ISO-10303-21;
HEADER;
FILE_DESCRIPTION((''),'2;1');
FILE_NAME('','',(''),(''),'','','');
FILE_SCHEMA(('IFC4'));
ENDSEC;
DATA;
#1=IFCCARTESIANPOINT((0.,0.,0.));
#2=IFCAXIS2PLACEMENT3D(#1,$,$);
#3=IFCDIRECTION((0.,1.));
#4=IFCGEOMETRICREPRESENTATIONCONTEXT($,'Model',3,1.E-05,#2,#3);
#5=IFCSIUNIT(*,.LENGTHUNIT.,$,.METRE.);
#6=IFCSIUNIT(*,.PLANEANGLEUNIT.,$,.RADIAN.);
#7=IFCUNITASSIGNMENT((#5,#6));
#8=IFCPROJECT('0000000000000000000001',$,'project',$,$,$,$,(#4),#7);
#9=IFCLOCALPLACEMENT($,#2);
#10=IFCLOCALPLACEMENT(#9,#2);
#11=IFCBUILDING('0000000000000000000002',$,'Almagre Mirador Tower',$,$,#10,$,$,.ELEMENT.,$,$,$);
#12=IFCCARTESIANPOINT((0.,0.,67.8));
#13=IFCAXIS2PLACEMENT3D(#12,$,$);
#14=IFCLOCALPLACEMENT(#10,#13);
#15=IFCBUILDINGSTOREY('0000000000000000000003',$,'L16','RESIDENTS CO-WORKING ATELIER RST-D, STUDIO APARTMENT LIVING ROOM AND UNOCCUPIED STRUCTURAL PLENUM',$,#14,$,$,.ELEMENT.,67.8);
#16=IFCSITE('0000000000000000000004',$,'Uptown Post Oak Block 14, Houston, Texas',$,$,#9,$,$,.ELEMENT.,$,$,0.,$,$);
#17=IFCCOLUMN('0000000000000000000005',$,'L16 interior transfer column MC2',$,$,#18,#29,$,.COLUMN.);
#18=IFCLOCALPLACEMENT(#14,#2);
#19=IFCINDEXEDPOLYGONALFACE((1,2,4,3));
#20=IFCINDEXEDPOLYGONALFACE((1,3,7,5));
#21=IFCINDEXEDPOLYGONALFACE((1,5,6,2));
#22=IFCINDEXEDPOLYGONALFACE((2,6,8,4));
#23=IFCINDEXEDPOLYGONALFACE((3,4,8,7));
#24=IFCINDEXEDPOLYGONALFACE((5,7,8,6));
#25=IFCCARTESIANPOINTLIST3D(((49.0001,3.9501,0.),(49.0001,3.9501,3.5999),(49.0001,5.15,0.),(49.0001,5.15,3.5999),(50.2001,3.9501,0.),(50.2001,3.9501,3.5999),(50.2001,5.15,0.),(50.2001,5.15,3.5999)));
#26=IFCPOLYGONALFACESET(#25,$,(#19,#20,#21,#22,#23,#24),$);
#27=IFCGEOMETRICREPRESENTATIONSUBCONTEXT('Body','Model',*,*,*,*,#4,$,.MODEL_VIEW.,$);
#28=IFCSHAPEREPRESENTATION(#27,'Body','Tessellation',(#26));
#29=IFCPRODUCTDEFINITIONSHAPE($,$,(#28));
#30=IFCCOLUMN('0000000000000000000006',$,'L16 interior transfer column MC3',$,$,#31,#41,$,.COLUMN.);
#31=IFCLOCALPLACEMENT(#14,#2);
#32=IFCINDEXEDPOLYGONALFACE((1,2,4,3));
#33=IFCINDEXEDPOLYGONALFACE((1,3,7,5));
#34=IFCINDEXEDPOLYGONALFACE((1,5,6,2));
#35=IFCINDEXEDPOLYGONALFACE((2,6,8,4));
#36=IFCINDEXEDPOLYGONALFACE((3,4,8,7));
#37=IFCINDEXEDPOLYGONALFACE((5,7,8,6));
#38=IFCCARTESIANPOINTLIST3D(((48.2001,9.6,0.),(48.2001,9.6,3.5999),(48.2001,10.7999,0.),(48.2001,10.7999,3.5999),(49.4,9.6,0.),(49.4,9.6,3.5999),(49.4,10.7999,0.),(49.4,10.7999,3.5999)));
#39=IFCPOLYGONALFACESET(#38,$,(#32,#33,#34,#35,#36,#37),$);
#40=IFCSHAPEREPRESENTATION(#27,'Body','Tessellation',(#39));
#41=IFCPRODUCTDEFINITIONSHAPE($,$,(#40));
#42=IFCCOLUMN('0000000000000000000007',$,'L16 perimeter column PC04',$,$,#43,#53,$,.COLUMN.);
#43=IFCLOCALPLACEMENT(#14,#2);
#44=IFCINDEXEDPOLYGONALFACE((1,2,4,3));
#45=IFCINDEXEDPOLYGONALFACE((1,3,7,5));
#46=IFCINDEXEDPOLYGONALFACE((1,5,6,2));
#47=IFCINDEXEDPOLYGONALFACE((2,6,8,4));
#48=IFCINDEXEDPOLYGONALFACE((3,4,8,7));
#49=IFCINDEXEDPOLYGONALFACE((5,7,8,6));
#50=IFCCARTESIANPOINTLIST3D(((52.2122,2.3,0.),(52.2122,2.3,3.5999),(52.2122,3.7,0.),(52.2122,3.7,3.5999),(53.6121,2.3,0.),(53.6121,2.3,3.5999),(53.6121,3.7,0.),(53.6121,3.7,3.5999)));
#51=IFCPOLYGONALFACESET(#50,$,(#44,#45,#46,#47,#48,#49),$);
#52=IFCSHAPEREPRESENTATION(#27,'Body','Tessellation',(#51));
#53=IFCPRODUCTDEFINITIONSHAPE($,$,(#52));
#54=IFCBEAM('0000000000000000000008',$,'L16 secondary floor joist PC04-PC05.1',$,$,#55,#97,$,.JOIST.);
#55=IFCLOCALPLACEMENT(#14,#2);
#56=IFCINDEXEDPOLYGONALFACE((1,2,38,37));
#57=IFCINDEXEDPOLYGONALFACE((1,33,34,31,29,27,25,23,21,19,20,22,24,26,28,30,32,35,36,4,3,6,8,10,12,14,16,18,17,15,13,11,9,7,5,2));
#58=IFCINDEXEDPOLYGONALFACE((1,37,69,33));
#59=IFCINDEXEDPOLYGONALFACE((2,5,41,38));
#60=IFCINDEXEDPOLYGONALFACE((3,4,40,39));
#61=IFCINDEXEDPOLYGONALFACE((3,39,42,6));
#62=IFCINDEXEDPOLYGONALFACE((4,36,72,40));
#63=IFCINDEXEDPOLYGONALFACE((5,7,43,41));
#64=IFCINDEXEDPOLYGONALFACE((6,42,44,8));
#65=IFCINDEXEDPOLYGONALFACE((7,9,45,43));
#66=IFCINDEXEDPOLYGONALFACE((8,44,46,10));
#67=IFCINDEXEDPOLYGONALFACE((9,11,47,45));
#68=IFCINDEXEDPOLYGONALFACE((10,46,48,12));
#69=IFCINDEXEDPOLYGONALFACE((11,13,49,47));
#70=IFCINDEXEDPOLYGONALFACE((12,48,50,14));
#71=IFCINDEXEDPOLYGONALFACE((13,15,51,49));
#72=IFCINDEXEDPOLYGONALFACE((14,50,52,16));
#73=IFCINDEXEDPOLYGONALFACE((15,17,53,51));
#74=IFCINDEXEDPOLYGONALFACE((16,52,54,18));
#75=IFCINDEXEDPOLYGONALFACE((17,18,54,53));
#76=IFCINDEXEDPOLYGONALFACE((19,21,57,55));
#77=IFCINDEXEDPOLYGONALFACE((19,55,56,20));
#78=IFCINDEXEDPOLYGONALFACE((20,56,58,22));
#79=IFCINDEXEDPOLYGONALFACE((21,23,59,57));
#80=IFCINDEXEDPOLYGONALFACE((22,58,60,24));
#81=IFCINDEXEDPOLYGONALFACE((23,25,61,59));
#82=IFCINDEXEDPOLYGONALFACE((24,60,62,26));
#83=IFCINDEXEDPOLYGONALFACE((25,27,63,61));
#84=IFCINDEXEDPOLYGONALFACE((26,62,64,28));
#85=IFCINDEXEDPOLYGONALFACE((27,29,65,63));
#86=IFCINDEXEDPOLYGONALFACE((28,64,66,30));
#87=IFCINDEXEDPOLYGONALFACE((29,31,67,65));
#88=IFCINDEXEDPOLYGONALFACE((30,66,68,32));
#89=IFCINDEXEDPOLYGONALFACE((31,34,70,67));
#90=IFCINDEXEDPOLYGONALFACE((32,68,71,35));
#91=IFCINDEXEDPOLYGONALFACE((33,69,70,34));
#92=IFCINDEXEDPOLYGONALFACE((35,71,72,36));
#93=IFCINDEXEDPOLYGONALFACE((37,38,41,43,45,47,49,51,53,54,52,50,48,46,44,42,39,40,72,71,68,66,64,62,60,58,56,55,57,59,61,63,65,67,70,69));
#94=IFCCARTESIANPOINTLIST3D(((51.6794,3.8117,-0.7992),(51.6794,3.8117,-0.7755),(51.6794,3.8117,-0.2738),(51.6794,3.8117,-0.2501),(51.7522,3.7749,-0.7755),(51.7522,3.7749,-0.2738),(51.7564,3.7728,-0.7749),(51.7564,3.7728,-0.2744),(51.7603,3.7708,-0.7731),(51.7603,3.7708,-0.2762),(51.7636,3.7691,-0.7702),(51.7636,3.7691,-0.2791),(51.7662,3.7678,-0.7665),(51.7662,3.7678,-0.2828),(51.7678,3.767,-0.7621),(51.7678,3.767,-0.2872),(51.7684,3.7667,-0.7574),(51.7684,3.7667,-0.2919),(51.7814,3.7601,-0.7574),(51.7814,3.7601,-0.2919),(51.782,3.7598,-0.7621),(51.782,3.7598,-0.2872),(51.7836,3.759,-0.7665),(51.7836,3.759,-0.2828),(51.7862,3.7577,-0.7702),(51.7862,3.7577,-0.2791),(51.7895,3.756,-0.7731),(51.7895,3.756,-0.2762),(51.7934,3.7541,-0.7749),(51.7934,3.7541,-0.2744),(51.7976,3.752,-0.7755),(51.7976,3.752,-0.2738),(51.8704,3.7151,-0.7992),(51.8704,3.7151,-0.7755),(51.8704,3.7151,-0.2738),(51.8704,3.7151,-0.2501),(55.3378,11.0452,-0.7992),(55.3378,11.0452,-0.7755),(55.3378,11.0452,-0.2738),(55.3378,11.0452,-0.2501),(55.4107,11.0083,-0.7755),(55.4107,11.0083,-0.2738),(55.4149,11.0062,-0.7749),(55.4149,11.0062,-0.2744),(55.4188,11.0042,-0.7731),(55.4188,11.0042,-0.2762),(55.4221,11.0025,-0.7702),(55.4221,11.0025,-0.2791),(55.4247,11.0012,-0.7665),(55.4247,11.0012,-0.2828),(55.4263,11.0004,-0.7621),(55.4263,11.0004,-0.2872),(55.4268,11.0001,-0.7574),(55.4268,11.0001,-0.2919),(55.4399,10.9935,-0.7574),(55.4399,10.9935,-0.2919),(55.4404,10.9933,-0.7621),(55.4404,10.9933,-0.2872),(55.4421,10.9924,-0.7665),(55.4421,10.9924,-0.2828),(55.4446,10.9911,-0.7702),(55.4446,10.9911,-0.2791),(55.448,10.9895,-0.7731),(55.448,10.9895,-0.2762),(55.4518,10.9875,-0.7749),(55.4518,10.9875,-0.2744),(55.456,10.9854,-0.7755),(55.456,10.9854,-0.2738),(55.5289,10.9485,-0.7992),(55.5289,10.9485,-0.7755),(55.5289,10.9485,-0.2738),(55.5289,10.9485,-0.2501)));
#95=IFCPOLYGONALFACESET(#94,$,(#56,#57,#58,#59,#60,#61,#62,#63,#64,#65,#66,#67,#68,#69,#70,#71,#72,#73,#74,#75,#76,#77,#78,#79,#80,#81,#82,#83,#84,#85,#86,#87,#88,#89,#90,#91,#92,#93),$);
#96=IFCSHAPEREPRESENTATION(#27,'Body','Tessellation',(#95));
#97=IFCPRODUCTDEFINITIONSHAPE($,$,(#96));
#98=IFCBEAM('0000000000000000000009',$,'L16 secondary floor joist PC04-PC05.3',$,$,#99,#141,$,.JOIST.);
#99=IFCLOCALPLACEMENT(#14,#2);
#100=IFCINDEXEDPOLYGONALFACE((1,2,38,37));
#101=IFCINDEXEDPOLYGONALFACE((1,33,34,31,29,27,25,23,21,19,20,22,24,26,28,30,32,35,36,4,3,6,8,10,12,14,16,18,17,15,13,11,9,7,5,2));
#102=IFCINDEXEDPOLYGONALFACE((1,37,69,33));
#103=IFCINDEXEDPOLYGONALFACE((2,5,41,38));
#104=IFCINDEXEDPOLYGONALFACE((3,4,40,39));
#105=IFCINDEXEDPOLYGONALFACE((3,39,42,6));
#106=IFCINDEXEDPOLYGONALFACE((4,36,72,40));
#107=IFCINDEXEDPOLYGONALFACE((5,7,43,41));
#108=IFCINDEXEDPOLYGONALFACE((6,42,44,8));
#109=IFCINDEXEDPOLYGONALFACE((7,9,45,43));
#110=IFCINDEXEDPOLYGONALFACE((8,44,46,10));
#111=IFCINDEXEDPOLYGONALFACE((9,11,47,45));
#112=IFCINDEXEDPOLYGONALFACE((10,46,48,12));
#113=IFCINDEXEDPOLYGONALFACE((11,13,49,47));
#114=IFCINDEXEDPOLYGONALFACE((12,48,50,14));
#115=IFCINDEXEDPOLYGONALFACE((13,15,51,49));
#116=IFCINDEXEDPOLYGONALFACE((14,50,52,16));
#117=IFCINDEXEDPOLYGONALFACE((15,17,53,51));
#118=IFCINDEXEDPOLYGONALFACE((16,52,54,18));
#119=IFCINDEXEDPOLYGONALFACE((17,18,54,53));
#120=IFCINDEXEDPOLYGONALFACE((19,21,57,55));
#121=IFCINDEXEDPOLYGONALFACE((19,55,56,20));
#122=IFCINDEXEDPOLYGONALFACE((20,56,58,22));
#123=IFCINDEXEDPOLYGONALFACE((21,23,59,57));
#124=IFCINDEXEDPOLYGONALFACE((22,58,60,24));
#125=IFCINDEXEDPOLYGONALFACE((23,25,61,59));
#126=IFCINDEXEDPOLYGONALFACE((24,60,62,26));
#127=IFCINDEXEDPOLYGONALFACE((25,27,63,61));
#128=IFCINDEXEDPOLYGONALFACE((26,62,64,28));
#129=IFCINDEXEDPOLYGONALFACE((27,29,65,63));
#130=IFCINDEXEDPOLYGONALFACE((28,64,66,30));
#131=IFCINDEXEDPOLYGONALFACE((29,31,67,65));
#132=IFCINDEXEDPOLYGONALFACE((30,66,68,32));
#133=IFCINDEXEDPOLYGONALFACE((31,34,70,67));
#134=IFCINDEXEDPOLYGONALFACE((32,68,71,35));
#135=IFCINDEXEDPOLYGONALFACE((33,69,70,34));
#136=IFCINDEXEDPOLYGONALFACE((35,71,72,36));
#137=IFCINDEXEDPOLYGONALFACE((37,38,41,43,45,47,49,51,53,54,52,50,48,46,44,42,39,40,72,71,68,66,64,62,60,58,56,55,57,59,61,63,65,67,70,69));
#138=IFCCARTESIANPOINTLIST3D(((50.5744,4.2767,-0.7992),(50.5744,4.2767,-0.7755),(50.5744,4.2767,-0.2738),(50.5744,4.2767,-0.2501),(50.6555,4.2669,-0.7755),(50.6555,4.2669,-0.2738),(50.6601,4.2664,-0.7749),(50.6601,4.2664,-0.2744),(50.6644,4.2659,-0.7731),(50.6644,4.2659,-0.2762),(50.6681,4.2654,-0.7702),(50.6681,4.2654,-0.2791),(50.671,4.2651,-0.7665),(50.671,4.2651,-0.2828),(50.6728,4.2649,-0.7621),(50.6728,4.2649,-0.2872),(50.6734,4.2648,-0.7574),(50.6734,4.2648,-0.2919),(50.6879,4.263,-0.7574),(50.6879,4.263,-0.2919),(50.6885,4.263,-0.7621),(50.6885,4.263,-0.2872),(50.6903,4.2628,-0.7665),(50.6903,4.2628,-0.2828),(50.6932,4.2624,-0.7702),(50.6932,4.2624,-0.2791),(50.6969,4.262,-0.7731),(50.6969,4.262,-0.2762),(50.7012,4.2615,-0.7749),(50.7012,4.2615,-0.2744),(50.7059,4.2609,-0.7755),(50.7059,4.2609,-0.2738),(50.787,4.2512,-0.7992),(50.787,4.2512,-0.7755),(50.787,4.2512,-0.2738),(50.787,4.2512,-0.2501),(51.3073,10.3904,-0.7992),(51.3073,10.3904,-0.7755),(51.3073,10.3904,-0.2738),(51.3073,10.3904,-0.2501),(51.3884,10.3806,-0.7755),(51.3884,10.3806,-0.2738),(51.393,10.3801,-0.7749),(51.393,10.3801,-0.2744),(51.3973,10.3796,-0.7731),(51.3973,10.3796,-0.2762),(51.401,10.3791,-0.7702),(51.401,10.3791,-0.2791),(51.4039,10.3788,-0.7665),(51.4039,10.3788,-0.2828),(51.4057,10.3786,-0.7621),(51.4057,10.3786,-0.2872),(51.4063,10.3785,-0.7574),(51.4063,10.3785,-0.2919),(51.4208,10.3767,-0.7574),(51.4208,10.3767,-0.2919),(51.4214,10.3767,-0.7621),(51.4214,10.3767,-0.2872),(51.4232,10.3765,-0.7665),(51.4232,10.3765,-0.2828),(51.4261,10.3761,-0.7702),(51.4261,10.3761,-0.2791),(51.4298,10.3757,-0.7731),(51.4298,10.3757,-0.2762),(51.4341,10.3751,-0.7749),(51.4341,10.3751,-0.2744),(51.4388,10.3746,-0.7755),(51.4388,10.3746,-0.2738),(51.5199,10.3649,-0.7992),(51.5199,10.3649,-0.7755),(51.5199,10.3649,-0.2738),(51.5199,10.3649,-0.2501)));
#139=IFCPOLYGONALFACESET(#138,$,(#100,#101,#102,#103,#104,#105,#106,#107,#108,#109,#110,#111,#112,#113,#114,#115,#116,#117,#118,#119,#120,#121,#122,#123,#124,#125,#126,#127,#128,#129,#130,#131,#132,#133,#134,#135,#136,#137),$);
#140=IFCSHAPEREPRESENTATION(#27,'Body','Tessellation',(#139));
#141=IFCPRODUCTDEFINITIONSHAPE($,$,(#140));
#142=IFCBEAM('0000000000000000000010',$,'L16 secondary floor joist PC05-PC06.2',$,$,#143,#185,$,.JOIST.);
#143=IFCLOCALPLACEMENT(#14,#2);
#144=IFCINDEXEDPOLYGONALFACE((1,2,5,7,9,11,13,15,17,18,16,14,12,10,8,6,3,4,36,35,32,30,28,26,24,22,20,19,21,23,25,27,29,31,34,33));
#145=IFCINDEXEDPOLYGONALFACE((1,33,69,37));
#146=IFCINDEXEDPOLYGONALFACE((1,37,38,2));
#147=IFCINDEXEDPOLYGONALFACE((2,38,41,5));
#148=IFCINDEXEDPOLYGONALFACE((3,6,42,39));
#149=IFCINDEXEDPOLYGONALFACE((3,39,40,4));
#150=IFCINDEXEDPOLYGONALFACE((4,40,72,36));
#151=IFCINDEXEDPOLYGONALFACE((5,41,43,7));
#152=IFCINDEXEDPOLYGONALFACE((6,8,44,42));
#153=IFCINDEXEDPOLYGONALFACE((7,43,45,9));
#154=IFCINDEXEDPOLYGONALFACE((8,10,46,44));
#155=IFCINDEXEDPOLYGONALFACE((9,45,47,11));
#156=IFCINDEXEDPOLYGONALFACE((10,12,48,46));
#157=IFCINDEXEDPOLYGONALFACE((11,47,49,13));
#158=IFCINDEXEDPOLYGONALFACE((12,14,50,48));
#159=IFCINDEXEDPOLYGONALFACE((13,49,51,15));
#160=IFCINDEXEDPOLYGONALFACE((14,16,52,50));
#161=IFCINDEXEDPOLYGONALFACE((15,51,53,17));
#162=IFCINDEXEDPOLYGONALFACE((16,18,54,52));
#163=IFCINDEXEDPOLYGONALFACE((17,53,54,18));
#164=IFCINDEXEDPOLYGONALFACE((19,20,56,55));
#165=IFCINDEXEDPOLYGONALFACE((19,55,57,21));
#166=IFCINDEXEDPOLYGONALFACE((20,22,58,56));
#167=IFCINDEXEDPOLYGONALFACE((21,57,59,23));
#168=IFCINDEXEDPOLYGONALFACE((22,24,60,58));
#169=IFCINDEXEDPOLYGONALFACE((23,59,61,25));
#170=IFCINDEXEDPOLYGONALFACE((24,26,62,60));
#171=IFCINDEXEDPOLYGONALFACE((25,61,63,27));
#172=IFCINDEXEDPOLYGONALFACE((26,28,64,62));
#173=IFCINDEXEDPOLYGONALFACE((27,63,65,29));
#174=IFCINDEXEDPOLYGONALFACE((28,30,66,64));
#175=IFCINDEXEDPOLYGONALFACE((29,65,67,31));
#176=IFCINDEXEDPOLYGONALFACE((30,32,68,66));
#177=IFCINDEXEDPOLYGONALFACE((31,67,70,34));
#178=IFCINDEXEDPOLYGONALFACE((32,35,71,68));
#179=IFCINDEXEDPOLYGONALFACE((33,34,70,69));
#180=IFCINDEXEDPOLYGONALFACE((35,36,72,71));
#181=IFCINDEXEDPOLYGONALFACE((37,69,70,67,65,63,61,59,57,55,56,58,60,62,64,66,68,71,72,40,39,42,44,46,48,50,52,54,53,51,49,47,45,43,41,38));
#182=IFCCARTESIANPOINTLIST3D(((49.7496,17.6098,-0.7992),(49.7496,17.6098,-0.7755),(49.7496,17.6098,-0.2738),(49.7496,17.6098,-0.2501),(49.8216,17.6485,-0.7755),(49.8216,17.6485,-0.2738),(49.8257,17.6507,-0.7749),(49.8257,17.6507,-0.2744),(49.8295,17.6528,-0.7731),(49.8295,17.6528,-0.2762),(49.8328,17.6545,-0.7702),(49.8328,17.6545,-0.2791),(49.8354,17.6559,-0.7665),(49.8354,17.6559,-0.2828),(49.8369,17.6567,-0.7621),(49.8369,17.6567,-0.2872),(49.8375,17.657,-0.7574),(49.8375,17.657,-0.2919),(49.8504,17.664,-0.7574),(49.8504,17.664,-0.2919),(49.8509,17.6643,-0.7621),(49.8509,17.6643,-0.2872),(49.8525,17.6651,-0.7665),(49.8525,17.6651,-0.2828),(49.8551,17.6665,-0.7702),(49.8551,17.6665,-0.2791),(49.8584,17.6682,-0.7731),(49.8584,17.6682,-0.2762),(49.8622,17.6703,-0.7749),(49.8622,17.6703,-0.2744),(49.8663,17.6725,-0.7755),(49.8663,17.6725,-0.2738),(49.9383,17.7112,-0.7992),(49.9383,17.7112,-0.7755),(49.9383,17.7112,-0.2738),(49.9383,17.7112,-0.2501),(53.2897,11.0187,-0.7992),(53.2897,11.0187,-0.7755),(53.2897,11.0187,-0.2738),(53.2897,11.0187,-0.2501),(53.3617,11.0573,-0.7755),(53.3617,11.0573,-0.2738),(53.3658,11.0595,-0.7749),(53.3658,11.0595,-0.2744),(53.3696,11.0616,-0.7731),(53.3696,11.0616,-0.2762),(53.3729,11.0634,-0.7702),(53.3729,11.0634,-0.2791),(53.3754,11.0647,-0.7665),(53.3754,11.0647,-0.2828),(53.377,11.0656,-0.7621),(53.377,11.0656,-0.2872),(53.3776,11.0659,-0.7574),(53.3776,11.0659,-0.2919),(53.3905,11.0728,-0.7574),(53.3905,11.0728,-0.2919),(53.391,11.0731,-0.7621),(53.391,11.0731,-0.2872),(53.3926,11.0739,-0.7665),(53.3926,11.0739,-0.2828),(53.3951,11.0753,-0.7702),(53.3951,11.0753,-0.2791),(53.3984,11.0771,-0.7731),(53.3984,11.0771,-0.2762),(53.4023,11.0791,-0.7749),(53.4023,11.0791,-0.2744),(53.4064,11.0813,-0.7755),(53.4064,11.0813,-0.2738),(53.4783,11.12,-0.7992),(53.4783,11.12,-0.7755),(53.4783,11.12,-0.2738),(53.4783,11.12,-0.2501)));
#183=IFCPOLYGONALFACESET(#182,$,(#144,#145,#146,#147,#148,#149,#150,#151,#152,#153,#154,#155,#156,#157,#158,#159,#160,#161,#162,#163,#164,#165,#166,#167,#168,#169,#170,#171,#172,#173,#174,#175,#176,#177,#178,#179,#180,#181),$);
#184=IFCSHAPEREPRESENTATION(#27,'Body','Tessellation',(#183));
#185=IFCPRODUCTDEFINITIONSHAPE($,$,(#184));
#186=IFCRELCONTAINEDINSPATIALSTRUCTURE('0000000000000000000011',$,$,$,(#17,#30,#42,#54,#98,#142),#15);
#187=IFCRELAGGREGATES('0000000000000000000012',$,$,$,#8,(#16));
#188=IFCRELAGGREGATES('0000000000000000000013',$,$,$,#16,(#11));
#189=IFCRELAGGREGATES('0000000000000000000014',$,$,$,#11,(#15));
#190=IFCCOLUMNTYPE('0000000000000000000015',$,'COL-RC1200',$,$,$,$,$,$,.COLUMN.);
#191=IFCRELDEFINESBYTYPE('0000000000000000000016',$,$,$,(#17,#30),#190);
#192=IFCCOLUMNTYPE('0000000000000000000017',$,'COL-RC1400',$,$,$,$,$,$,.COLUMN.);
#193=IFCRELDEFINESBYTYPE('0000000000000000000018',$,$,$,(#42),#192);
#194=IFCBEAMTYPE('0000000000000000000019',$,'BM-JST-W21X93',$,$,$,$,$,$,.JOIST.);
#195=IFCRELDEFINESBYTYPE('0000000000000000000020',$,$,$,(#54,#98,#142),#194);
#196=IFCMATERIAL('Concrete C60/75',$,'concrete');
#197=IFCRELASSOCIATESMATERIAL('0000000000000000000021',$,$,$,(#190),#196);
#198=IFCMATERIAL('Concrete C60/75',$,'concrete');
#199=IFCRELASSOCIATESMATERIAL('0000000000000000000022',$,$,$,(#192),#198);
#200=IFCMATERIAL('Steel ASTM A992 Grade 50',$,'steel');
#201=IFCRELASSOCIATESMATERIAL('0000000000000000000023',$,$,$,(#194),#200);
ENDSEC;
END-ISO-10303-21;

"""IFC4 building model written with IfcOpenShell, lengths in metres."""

from ifc_helpers import new_model, si_unit, direction, frame, origin, origin_2d, place, context, subcontext, project, spatial, rectangle, i_section, extrude, material, material_profile, profile_set, type_object, element, save


model = new_model("IFC4")

# Units and contexts
model_context = context("Model", 3, precision=1e-05, world=origin(), true_north=direction((0.0, 1.0)))
body_context = subcontext(model_context, "Body", "Model", "MODEL_VIEW")
ifc_project = project(units=[si_unit("LENGTHUNIT", "METRE"), si_unit("PLANEANGLEUNIT", "RADIAN")], contexts=[model_context])

# Site, building, storey
site_placement = place(None, origin())
site = spatial("IfcSite", under=ifc_project, at=site_placement, Name="Uptown Post Oak Block 14, Houston, Texas", CompositionType="ELEMENT", RefElevation=0.0)
building_placement = place(site_placement, origin())
building = spatial("IfcBuilding", under=site, at=building_placement, Name="Almagre Mirador Tower", CompositionType="ELEMENT")
storey_placement = place(building_placement, frame((0.0, 0.0, 67.8)))
storey = spatial("IfcBuildingStorey", under=building, at=storey_placement, Name="L16", Description="RESIDENTS CO-WORKING ATELIER RST-D, STUDIO APARTMENT LIVING ROOM AND UNOCCUPIED STRUCTURAL PLENUM", CompositionType="ELEMENT", Elevation=67.8)

# Columns
ifc_material_1 = material(Name="Concrete C60/75", Category="concrete")
ifc_material_profile_1 = material_profile(ifc_material_1, rectangle(XDim=1.2, YDim=1.2, at=origin_2d()), Name="RC1200X1200")
ifc_profile_set_1 = profile_set([ifc_material_profile_1], Name="Concrete C60/75")
column_type_1 = type_object("IfcColumnType", Name="COL-RC1200", PredefinedType="COLUMN", material=ifc_profile_set_1)
for number, where, z_axis, x_axis, name in (
    (1, (49.6001, 4.55, 0.0), (0.0, 0.0, 1.0), (1.0, 0.0, 0.0), "L16 interior transfer column MC2"),
    (2, (48.8, 10.2, 0.0), (0.0, 0.0, 1.0), (1.0, 0.0, 0.0), "L16 interior transfer column MC3"),
):
    element("IfcColumn", number, at=place(storey_placement, frame(where, z_axis=z_axis, x_axis=x_axis)), inside=storey, type_object=column_type_1, Name=name, PredefinedType="COLUMN", context=body_context, shape_type="SweptSolid", body=[
        extrude(rectangle(XDim=1.2, YDim=1.2, at=origin_2d()), origin(), (0.0, 0.0, 1.0), 3.5999),
    ])
ifc_material_2 = material(Name="Concrete C60/75", Category="concrete")
ifc_material_profile_2 = material_profile(ifc_material_2, rectangle(XDim=1.3999, YDim=1.3999, at=origin_2d()), Name="RC1400X1400")
ifc_profile_set_2 = profile_set([ifc_material_profile_2], Name="Concrete C60/75")
column_type_2 = type_object("IfcColumnType", Name="COL-RC1400", PredefinedType="COLUMN", material=ifc_profile_set_2)
column_placement = place(storey_placement, frame((52.9121, 3.0, 0.0), z_axis=(0.0, 0.0, 1.0), x_axis=(1.0, 0.0, 0.0)))
element("IfcColumn", 3, at=column_placement, inside=storey, type_object=column_type_2, Name="L16 perimeter column PC04", PredefinedType="COLUMN", context=body_context, shape_type="SweptSolid", body=[
    extrude(rectangle(XDim=1.3999, YDim=1.3999, at=origin_2d()), origin(), (0.0, 0.0, 1.0), 3.5999),
])

# Beams
ifc_material_3 = material(Name="Steel ASTM A992 Grade 50", Category="steel")
ifc_material_profile_3 = material_profile(ifc_material_3, i_section(OverallWidth=0.2141, OverallDepth=0.5491, WebThickness=0.0146, FlangeThickness=0.0237, FilletRadius=0.0181, at=origin_2d()), Name="W21X93")
ifc_profile_set_3 = profile_set([ifc_material_profile_3], Name="Steel ASTM A992 Grade 50")
beam_type_1 = type_object("IfcBeamType", Name="BM-JST-W21X93", PredefinedType="JOIST", material=ifc_profile_set_3)
beam_1_placement = place(storey_placement, frame((51.7749, 3.7634, -0.5247), z_axis=(0.451329, 0.892358, 0.0), x_axis=(-0.892358, 0.451329, 0.0)))
element("IfcBeam", 4, at=beam_1_placement, inside=storey, type_object=beam_type_1, Name="L16 secondary floor joist PC04-PC05.1", PredefinedType="JOIST", context=body_context, shape_type="SweptSolid", body=[
    extrude(i_section(OverallWidth=0.2141, OverallDepth=0.5491, WebThickness=0.0146, FlangeThickness=0.0237, FilletRadius=0.0181, at=origin_2d()), origin(), (0.0, 0.0, 1.0), 8.106),
])
beam_2_placement = place(storey_placement, frame((50.6807, 4.2639, -0.5247), z_axis=(0.119026, 0.992891, 0.0), x_axis=(-0.992891, 0.119026, 0.0)))
element("IfcBeam", 5, at=beam_2_placement, inside=storey, type_object=beam_type_1, Name="L16 secondary floor joist PC04-PC05.3", PredefinedType="JOIST", context=body_context, shape_type="SweptSolid", body=[
    extrude(i_section(OverallWidth=0.2141, OverallDepth=0.5491, WebThickness=0.0146, FlangeThickness=0.0237, FilletRadius=0.0181, at=origin_2d()), origin(), (0.0, 0.0, 1.0), 6.1575),
])
beam_3_placement = place(storey_placement, frame((53.384, 11.0693, -0.5247), z_axis=(-0.473167, 0.880973, 0.0), x_axis=(-0.880973, -0.473167, 0.0)))
element("IfcBeam", 6, at=beam_3_placement, inside=storey, type_object=beam_type_1, Name="L16 secondary floor joist PC05-PC06.2", PredefinedType="JOIST", context=body_context, shape_type="SweptSolid", body=[
    extrude(i_section(OverallWidth=0.2141, OverallDepth=0.5491, WebThickness=0.0146, FlangeThickness=0.0237, FilletRadius=0.0181, at=origin_2d()), origin(), (0.0, 0.0, 1.0), 7.4817),
])

save(model, "model.ifc")
